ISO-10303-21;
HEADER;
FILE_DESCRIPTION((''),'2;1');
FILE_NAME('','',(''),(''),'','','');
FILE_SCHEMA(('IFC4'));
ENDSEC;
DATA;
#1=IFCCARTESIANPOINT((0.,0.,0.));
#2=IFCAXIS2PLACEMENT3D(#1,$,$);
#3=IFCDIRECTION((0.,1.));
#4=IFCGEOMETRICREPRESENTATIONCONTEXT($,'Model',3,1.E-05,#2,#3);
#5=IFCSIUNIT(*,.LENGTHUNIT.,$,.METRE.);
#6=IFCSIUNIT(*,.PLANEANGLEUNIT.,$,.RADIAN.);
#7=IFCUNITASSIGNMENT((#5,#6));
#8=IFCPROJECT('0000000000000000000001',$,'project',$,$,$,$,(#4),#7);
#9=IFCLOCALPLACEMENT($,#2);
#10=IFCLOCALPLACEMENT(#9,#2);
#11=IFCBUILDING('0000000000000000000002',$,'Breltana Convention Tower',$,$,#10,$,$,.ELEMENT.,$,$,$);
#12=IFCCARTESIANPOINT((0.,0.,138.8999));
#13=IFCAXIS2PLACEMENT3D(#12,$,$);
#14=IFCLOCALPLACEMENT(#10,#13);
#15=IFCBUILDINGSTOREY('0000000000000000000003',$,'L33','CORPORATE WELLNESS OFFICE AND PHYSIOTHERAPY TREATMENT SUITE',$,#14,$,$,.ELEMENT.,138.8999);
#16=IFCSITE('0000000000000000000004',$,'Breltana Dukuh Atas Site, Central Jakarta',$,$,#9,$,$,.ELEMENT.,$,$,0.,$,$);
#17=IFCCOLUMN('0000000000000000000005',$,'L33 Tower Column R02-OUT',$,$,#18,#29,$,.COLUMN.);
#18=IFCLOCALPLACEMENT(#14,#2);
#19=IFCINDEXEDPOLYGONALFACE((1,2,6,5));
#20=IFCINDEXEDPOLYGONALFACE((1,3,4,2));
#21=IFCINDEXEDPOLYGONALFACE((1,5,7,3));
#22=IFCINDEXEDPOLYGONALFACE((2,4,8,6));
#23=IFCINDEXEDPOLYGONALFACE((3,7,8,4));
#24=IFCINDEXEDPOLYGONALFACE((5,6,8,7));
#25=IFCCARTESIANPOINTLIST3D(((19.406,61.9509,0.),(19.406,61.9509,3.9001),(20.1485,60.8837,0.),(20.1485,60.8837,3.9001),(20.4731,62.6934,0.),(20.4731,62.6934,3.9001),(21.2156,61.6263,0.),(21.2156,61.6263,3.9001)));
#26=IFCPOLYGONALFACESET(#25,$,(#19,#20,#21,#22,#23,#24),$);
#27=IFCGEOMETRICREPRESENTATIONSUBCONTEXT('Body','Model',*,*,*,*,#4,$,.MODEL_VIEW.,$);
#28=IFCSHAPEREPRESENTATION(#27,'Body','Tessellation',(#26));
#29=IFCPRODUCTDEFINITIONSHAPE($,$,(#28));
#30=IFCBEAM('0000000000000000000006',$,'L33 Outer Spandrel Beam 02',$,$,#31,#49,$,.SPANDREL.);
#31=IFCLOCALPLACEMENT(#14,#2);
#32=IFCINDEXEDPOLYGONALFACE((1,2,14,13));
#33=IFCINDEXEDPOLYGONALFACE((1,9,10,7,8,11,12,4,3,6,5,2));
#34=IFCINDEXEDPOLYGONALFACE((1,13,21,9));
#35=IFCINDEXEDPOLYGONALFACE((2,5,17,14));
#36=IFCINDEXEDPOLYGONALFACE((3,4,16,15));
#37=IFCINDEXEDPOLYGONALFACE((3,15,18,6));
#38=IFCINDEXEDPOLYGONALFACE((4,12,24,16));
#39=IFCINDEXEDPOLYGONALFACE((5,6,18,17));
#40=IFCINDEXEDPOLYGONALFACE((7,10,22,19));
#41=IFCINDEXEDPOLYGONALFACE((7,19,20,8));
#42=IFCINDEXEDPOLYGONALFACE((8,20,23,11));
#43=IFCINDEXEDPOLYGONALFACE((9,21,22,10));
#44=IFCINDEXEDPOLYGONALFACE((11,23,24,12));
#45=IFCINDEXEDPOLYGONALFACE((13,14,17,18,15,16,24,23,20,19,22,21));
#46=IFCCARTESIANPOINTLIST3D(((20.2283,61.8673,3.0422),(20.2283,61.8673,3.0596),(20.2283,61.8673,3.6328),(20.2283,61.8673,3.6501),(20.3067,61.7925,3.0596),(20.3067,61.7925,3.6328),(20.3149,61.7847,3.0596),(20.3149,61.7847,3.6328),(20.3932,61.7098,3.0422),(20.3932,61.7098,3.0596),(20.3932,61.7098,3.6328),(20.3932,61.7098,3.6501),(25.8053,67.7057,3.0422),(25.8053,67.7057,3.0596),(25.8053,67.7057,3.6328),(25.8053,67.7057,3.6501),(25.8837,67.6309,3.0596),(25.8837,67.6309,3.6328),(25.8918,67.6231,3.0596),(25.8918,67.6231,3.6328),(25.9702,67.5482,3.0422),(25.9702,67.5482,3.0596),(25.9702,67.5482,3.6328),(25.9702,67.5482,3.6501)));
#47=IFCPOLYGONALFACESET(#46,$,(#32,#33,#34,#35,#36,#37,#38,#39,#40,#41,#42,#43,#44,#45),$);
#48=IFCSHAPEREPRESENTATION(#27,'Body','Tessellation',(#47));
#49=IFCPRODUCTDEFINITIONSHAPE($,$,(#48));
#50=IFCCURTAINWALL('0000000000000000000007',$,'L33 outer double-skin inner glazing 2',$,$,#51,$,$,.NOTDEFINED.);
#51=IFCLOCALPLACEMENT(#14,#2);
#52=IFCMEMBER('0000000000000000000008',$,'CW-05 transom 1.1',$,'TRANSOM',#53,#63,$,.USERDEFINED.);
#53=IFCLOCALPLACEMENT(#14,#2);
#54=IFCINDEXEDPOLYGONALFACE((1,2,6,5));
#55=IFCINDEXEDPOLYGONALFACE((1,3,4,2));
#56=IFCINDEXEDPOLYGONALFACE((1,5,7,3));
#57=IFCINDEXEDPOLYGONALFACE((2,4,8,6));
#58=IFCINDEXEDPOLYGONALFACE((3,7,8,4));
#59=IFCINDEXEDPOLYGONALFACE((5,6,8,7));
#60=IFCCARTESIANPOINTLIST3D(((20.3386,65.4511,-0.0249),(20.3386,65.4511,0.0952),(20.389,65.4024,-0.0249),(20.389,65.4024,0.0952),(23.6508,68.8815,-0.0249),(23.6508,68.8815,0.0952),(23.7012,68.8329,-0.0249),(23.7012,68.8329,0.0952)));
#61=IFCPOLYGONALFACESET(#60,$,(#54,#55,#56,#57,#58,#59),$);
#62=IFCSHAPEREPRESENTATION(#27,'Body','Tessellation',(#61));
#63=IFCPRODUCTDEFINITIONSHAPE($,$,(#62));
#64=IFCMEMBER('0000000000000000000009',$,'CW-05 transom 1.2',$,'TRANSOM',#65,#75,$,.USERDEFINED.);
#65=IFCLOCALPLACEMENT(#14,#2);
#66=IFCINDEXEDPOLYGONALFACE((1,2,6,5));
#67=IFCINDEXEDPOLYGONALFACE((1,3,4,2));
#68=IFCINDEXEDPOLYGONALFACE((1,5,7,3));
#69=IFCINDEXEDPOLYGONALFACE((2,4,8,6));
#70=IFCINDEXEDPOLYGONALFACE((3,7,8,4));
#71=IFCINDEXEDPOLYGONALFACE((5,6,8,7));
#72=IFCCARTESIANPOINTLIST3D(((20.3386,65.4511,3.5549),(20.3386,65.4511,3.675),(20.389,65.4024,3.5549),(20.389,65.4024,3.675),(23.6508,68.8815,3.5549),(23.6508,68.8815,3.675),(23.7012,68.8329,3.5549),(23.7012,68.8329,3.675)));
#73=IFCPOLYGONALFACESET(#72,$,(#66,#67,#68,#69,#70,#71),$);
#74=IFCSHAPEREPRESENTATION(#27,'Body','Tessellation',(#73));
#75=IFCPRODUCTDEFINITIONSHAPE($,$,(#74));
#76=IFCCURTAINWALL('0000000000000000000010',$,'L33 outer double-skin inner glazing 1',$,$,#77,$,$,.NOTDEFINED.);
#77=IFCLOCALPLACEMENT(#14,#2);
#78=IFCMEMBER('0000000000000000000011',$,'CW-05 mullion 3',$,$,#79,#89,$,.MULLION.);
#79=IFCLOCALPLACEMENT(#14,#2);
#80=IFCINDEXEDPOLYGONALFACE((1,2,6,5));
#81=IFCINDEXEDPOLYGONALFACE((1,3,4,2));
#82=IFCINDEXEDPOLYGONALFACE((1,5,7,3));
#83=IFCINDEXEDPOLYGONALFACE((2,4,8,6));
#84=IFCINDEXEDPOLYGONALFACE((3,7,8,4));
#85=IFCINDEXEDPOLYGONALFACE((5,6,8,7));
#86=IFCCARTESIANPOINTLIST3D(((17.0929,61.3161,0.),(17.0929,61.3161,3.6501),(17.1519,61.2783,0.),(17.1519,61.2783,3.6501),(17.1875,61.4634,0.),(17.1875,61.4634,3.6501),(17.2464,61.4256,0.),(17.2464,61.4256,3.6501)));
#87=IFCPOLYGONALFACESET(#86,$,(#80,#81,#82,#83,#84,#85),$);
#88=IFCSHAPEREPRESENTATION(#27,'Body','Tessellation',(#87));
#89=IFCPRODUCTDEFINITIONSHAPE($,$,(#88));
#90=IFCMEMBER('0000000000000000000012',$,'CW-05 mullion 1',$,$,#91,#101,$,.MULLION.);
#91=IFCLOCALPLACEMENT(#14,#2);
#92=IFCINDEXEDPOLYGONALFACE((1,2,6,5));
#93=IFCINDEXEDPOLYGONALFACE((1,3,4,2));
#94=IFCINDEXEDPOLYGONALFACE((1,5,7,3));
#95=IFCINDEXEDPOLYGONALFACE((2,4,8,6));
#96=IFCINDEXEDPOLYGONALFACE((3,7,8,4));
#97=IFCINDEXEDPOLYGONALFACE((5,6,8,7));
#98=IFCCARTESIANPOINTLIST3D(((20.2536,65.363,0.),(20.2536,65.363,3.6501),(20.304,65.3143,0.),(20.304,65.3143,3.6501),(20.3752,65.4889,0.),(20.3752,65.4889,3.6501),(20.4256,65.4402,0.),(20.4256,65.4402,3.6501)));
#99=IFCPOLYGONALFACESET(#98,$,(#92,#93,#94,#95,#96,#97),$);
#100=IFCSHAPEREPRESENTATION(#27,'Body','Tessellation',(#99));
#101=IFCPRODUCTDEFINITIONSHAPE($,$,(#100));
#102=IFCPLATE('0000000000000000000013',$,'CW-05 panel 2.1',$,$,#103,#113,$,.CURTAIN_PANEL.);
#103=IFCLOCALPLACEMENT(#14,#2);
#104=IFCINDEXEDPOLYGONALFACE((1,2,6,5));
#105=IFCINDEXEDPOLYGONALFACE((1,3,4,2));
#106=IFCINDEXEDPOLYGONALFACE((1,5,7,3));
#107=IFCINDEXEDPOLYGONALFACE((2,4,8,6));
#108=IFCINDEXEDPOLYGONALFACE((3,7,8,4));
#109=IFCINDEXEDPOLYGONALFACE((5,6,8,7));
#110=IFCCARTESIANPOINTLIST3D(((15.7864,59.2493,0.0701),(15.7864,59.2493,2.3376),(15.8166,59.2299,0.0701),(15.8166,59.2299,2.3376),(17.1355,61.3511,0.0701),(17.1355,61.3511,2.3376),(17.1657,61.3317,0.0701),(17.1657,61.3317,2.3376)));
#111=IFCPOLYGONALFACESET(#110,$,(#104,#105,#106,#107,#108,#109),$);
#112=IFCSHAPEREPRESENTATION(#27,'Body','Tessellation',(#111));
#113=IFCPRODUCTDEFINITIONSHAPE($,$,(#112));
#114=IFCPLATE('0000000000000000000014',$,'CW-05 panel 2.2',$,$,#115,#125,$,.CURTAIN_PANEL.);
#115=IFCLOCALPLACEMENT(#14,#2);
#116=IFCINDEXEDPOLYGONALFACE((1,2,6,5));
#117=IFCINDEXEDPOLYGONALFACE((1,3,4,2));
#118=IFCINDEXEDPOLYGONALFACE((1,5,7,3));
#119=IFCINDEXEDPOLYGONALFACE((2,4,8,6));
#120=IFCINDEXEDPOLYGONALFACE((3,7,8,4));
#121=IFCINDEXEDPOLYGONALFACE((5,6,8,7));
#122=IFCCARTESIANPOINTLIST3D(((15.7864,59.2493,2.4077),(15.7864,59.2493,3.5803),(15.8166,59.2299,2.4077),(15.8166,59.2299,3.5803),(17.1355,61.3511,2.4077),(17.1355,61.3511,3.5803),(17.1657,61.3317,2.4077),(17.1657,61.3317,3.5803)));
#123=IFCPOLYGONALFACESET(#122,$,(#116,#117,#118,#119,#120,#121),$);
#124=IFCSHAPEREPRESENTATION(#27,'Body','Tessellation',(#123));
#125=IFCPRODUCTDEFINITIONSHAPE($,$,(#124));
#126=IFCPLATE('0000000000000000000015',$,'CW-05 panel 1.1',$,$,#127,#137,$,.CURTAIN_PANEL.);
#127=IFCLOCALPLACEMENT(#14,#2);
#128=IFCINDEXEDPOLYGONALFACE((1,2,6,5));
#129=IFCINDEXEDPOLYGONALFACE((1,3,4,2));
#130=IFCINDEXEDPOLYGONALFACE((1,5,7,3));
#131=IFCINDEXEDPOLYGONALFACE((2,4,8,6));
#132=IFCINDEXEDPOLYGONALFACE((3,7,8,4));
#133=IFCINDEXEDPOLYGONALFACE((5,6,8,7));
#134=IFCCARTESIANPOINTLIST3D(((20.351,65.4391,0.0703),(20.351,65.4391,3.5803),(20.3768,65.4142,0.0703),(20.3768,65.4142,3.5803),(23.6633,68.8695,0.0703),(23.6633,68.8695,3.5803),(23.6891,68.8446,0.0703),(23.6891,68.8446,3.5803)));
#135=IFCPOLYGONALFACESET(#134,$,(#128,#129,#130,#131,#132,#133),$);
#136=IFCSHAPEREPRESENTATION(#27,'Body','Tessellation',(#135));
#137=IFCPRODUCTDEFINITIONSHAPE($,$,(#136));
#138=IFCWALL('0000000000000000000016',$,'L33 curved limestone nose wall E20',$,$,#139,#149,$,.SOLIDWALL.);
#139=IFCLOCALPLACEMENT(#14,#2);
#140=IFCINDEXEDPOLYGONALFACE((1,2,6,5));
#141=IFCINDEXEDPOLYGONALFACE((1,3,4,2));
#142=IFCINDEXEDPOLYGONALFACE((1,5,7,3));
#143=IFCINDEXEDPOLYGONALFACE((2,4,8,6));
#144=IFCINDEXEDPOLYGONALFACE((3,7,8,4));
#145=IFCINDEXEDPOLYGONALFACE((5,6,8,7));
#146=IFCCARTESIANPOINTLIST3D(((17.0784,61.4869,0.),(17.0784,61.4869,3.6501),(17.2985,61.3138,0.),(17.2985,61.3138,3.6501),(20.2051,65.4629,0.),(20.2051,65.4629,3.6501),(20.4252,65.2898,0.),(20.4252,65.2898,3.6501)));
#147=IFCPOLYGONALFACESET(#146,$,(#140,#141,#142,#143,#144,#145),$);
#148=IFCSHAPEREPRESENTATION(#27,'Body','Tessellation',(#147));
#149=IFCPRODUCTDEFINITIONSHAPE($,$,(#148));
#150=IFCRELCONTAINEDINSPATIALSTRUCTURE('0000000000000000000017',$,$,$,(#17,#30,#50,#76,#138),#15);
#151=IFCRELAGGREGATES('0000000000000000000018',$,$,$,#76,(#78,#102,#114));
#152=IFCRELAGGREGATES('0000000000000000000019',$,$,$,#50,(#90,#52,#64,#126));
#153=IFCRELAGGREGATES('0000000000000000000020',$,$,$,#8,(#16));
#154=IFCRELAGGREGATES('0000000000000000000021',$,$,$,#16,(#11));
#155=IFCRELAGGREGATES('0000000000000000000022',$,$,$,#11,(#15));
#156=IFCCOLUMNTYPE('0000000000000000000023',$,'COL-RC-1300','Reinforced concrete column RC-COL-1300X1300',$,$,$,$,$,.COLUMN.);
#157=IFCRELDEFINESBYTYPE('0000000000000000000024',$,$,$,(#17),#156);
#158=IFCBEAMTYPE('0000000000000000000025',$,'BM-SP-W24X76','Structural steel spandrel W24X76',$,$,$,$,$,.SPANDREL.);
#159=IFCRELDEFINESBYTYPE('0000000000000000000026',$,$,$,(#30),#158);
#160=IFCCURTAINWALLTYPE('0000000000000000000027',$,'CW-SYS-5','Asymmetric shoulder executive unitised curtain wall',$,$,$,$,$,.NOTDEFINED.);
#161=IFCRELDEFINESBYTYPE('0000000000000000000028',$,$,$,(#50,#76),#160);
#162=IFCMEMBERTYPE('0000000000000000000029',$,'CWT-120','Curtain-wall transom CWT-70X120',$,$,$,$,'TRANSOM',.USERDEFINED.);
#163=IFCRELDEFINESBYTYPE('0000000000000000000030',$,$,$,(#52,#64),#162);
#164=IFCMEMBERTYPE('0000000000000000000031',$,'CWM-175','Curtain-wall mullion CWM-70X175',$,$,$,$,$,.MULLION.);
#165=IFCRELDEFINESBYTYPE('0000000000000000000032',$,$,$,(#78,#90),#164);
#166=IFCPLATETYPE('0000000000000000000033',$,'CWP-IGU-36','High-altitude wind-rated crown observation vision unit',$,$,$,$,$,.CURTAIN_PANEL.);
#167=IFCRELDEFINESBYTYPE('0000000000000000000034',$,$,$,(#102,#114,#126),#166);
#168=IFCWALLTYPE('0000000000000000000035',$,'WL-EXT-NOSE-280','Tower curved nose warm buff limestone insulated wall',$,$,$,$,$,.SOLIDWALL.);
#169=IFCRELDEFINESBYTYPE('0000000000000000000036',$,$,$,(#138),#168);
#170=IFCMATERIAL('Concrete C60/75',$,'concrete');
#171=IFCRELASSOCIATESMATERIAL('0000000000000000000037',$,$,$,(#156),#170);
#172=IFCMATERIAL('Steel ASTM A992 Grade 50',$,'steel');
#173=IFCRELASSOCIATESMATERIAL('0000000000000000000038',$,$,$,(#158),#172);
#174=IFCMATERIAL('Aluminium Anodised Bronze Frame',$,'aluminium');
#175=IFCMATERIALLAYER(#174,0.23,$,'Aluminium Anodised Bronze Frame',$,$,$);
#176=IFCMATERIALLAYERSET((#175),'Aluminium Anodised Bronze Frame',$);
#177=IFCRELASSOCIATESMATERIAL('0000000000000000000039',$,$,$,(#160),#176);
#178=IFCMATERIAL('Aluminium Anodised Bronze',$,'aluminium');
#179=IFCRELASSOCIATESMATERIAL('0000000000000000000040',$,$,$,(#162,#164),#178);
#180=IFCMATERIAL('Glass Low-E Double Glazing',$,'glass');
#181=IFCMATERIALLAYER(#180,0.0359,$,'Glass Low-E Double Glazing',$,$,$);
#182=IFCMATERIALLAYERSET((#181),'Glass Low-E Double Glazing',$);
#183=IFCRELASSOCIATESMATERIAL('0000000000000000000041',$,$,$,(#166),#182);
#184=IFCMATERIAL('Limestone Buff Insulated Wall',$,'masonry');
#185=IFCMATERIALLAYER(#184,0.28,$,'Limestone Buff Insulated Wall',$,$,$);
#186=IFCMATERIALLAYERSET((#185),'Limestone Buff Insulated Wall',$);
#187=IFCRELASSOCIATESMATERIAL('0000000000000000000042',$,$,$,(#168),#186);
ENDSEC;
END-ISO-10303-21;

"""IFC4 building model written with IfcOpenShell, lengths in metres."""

from ifc_helpers import new_model, si_unit, direction, frame, frame_2d, origin, origin_2d, place, context, subcontext, project, spatial, rectangle, i_section, extrude, source, transform, mapped, material, layer, layer_set, material_profile, profile_set, type_object, element, aggregate, save


model = new_model("IFC4")

# Units and contexts
model_context = context("Model", 3, precision=1e-05, world=origin(), true_north=direction((0.0, 1.0)))
body_context = subcontext(model_context, "Body", "Model", "MODEL_VIEW")
ifc_project = project(units=[si_unit("LENGTHUNIT", "METRE"), si_unit("PLANEANGLEUNIT", "RADIAN")], contexts=[model_context])

# Site, building, storey
site_placement = place(None, origin())
site = spatial("IfcSite", under=ifc_project, at=site_placement, Name="Breltana Dukuh Atas Site, Central Jakarta", CompositionType="ELEMENT", RefElevation=0.0)
building_placement = place(site_placement, origin())
building = spatial("IfcBuilding", under=site, at=building_placement, Name="Breltana Convention Tower", CompositionType="ELEMENT")
storey_placement = place(building_placement, frame((0.0, 0.0, 138.8999)))
storey = spatial("IfcBuildingStorey", under=building, at=storey_placement, Name="L33", Description="CORPORATE WELLNESS OFFICE AND PHYSIOTHERAPY TREATMENT SUITE", CompositionType="ELEMENT", Elevation=138.8999)

# Column
ifc_material_1 = material(Name="Concrete C60/75", Category="concrete")
ifc_material_profile_1 = material_profile(ifc_material_1, rectangle(XDim=1.3, YDim=1.3, at=origin_2d()), Name="RC-COL-1300X1300")
ifc_profile_set_1 = profile_set([ifc_material_profile_1], Name="Concrete C60/75")
column_type = type_object("IfcColumnType", Name="COL-RC-1300", Description="Reinforced concrete column RC-COL-1300X1300", PredefinedType="COLUMN", material=ifc_profile_set_1)
shared_shape_1 = source(origin(), body_context, "Body", "SweptSolid", [
    extrude(rectangle(XDim=1.3, YDim=1.3, at=origin_2d()), origin(), (0.0, 0.0, 1.0), 3.9001),
])
column_placement = place(storey_placement, frame((20.3108, 61.7886, 0.0), z_axis=(0.0, 0.0, 1.0), x_axis=(-0.571143, 0.82085, 0.0)))
element("IfcColumn", 1, at=column_placement, inside=storey, type_object=column_type, Name="L33 Tower Column R02-OUT", PredefinedType="COLUMN", context=body_context, shape_type="MappedRepresentation", body=[
    mapped(shared_shape_1, transform((0.0, 0.0, 0.0), scale=1.0)),
])

# Beam
ifc_material_2 = material(Name="Steel ASTM A992 Grade 50", Category="steel")
ifc_material_profile_2 = material_profile(ifc_material_2, i_section(OverallWidth=0.228, OverallDepth=0.6079, WebThickness=0.0112, FlangeThickness=0.0173, at=origin_2d()), Name="W24X76")
ifc_profile_set_2 = profile_set([ifc_material_profile_2], Name="Steel ASTM A992 Grade 50")
beam_type = type_object("IfcBeamType", Name="BM-SP-W24X76", Description="Structural steel spandrel W24X76", PredefinedType="SPANDREL", material=ifc_profile_set_2)
shared_shape_2 = source(origin(), body_context, "Body", "SweptSolid", [
    extrude(i_section(OverallWidth=0.228, OverallDepth=0.6079, WebThickness=0.0112, FlangeThickness=0.0173, at=origin_2d()), origin(), (0.0, 0.0, 1.0), 8.074),
])
beam_placement = place(storey_placement, frame((20.3108, 61.7886, 3.3462), z_axis=(0.690729, 0.723114, 0.0), x_axis=(-0.723114, 0.690729, 0.0)))
element("IfcBeam", 2, at=beam_placement, inside=storey, type_object=beam_type, Name="L33 Outer Spandrel Beam 02", PredefinedType="SPANDREL", context=body_context, shape_type="MappedRepresentation", body=[
    mapped(shared_shape_2, transform((0.0, 0.0, 0.0), scale=1.0)),
])

# Curtain wall, members
ifc_material_3 = material(Name="Aluminium Anodised Bronze Frame", Category="aluminium")
ifc_layer_1 = layer(ifc_material_3, 0.23, Name="Aluminium Anodised Bronze Frame")
ifc_layer_set_1 = layer_set([ifc_layer_1], Name="Aluminium Anodised Bronze Frame")
curtain_wall_type = type_object("IfcCurtainWallType", Name="CW-SYS-5", Description="Asymmetric shoulder executive unitised curtain wall", PredefinedType="NOTDEFINED", material=ifc_layer_set_1)
curtain_wall_1_placement = place(storey_placement, origin())
curtain_wall_1 = element("IfcCurtainWall", 3, at=curtain_wall_1_placement, inside=storey, type_object=curtain_wall_type, Name="L33 outer double-skin inner glazing 2", PredefinedType="NOTDEFINED")
ifc_material_4 = material(Name="Aluminium Anodised Bronze", Category="aluminium")
ifc_material_profile_3 = material_profile(ifc_material_4, rectangle(XDim=0.0701, YDim=0.1201, at=origin_2d()), Name="CWT-70X120")
ifc_profile_set_3 = profile_set([ifc_material_profile_3], Name="Aluminium Anodised Bronze")
member_type_1 = type_object("IfcMemberType", Name="CWT-120", Description="Curtain-wall transom CWT-70X120", ElementType="TRANSOM", PredefinedType="USERDEFINED", material=ifc_profile_set_3)
shared_shape_3 = source(origin(), body_context, "Body", "SweptSolid", [
    extrude(rectangle(XDim=0.0701, YDim=0.1201, at=origin_2d()), origin(), (0.0, 0.0, 1.0), 4.7686),
])
member_1_placement = place(storey_placement, frame((20.3638, 65.4268, 0.0352), z_axis=(0.694608, 0.719388, 0.0), x_axis=(-0.719388, 0.694608, 0.0)))
member_1 = element("IfcMember", 4, at=member_1_placement, type_object=member_type_1, Name="CW-05 transom 1.1", ObjectType="TRANSOM", PredefinedType="USERDEFINED", context=body_context, shape_type="MappedRepresentation", body=[
    mapped(shared_shape_3, transform((0.0, 0.0, 0.0), scale=1.0)),
])
member_2_placement = place(storey_placement, frame((20.3638, 65.4268, 3.615), z_axis=(0.694608, 0.719388, 0.0), x_axis=(-0.719388, 0.694608, 0.0)))
member_2 = element("IfcMember", 5, at=member_2_placement, type_object=member_type_1, Name="CW-05 transom 1.2", ObjectType="TRANSOM", PredefinedType="USERDEFINED", context=body_context, shape_type="MappedRepresentation", body=[
    mapped(shared_shape_3, transform((0.0, 0.0, 0.0), scale=1.0)),
])

# Curtain wall, member
curtain_wall_2_placement = place(storey_placement, origin())
curtain_wall_2 = element("IfcCurtainWall", 6, at=curtain_wall_2_placement, inside=storey, type_object=curtain_wall_type, Name="L33 outer double-skin inner glazing 1", PredefinedType="NOTDEFINED")
ifc_material_profile_4 = material_profile(ifc_material_4, rectangle(XDim=0.0701, YDim=0.175, at=origin_2d()), Name="CWM-70X175")
ifc_profile_set_4 = profile_set([ifc_material_profile_4], Name="Aluminium Anodised Bronze")
member_type_2 = type_object("IfcMemberType", Name="CWM-175", Description="Curtain-wall mullion CWM-70X175", PredefinedType="MULLION", material=ifc_profile_set_4)
shared_shape_4 = source(origin(), body_context, "Body", "SweptSolid", [
    extrude(rectangle(XDim=0.0701, YDim=0.175, at=origin_2d()), origin(), (0.0, 0.0, 1.0), 3.6501),
])
member_3_placement = place(storey_placement, frame((17.1697, 61.3708, 0.0), z_axis=(0.0, 0.0, 1.0), x_axis=(-0.841552, 0.540177, 0.0)))
member_3 = element("IfcMember", 7, at=member_3_placement, type_object=member_type_2, Name="CW-05 mullion 3", PredefinedType="MULLION", context=body_context, shape_type="MappedRepresentation", body=[
    mapped(shared_shape_4, transform((0.0, 0.0, 0.0), scale=1.0)),
])

# Member
member_4_placement = place(storey_placement, frame((20.3396, 65.4016, 0.0), z_axis=(0.0, 0.0, 1.0), x_axis=(-0.719385, 0.694612, 0.0)))
member_4 = element("IfcMember", 8, at=member_4_placement, type_object=member_type_2, Name="CW-05 mullion 1", PredefinedType="MULLION", context=body_context, shape_type="MappedRepresentation", body=[
    mapped(shared_shape_4, transform((0.0, 0.0, 0.0), scale=1.0)),
])

# Plates
ifc_material_5 = material(Name="Glass Low-E Double Glazing", Category="glass")
ifc_layer_2 = layer(ifc_material_5, 0.0359, Name="Glass Low-E Double Glazing")
ifc_layer_set_2 = layer_set([ifc_layer_2], Name="Glass Low-E Double Glazing")
plate_type = type_object("IfcPlateType", Name="CWP-IGU-36", Description="High-altitude wind-rated crown observation vision unit", PredefinedType="CURTAIN_PANEL", material=ifc_layer_set_2)
shared_shape_5 = source(origin(), body_context, "Body", "SweptSolid", [
    extrude(rectangle(XDim=2.4976, YDim=0.0359, at=origin_2d()), origin(), (0.0, 0.0, 1.0), 2.2676),
])
plate_1_placement = place(storey_placement, frame((16.4761, 60.2905, 0.0701), z_axis=(0.0, 0.0, 1.0), x_axis=(0.540177, 0.841552, 0.0)))
plate_1 = element("IfcPlate", 9, at=plate_1_placement, type_object=plate_type, Name="CW-05 panel 2.1", PredefinedType="CURTAIN_PANEL", context=body_context, shape_type="MappedRepresentation", body=[
    mapped(shared_shape_5, transform((0.0, 0.0, 0.0), scale=1.0)),
])
shared_shape_6 = source(origin(), body_context, "Body", "SweptSolid", [
    extrude(rectangle(XDim=2.4976, YDim=0.0359, at=origin_2d()), origin(), (0.0, 0.0, 1.0), 1.1726),
])
plate_2_placement = place(storey_placement, frame((16.4761, 60.2905, 2.4077), z_axis=(0.0, 0.0, 1.0), x_axis=(0.540177, 0.841552, 0.0)))
plate_2 = element("IfcPlate", 10, at=plate_2_placement, type_object=plate_type, Name="CW-05 panel 2.2", PredefinedType="CURTAIN_PANEL", context=body_context, shape_type="MappedRepresentation", body=[
    mapped(shared_shape_6, transform((0.0, 0.0, 0.0), scale=1.0)),
])
aggregate(curtain_wall_2, [member_3, plate_1, plate_2])
shared_shape_7 = source(origin(), body_context, "Body", "SweptSolid", [
    extrude(rectangle(XDim=4.7686, YDim=0.0359, at=origin_2d()), origin(), (0.0, 0.0, 1.0), 3.51),
])
plate_3_placement = place(storey_placement, frame((22.02, 67.1418, 0.0703), z_axis=(0.0, 0.0, 1.0), x_axis=(0.694612, 0.719385, 0.0)))
plate_3 = element("IfcPlate", 11, at=plate_3_placement, type_object=plate_type, Name="CW-05 panel 1.1", PredefinedType="CURTAIN_PANEL", context=body_context, shape_type="MappedRepresentation", body=[
    mapped(shared_shape_7, transform((0.0, 0.0, 0.0), scale=1.0)),
])
aggregate(curtain_wall_1, [member_4, member_1, member_2, plate_3])

# Wall
ifc_material_6 = material(Name="Limestone Buff Insulated Wall", Category="masonry")
ifc_layer_3 = layer(ifc_material_6, 0.28, Name="Limestone Buff Insulated Wall")
ifc_layer_set_3 = layer_set([ifc_layer_3], Name="Limestone Buff Insulated Wall")
wall_type_1 = type_object("IfcWallType", Name="WL-EXT-NOSE-280", Description="Tower curved nose warm buff limestone insulated wall", PredefinedType="SOLIDWALL", material=ifc_layer_set_3)
shared_shape_8 = source(origin(), body_context, "Body", "SweptSolid", [
    extrude(rectangle(XDim=5.0581, YDim=0.28, at=frame_2d((2.5291, 0.0))), origin(), (0.0, 0.0, 1.0), 3.6501),
])
wall_1_placement = place(storey_placement, frame((17.1885, 61.4004, 0.0), z_axis=(0.0, 0.0, 1.0), x_axis=(0.618146, 0.786064, 0.0)))
element("IfcWall", 12, at=wall_1_placement, inside=storey, type_object=wall_type_1, Name="L33 curved limestone nose wall E20", PredefinedType="SOLIDWALL", context=body_context, shape_type="MappedRepresentation", body=[
    mapped(shared_shape_8, transform((0.0, 0.0, 0.0), scale=1.0)),
])

save(model, "model.ifc")
